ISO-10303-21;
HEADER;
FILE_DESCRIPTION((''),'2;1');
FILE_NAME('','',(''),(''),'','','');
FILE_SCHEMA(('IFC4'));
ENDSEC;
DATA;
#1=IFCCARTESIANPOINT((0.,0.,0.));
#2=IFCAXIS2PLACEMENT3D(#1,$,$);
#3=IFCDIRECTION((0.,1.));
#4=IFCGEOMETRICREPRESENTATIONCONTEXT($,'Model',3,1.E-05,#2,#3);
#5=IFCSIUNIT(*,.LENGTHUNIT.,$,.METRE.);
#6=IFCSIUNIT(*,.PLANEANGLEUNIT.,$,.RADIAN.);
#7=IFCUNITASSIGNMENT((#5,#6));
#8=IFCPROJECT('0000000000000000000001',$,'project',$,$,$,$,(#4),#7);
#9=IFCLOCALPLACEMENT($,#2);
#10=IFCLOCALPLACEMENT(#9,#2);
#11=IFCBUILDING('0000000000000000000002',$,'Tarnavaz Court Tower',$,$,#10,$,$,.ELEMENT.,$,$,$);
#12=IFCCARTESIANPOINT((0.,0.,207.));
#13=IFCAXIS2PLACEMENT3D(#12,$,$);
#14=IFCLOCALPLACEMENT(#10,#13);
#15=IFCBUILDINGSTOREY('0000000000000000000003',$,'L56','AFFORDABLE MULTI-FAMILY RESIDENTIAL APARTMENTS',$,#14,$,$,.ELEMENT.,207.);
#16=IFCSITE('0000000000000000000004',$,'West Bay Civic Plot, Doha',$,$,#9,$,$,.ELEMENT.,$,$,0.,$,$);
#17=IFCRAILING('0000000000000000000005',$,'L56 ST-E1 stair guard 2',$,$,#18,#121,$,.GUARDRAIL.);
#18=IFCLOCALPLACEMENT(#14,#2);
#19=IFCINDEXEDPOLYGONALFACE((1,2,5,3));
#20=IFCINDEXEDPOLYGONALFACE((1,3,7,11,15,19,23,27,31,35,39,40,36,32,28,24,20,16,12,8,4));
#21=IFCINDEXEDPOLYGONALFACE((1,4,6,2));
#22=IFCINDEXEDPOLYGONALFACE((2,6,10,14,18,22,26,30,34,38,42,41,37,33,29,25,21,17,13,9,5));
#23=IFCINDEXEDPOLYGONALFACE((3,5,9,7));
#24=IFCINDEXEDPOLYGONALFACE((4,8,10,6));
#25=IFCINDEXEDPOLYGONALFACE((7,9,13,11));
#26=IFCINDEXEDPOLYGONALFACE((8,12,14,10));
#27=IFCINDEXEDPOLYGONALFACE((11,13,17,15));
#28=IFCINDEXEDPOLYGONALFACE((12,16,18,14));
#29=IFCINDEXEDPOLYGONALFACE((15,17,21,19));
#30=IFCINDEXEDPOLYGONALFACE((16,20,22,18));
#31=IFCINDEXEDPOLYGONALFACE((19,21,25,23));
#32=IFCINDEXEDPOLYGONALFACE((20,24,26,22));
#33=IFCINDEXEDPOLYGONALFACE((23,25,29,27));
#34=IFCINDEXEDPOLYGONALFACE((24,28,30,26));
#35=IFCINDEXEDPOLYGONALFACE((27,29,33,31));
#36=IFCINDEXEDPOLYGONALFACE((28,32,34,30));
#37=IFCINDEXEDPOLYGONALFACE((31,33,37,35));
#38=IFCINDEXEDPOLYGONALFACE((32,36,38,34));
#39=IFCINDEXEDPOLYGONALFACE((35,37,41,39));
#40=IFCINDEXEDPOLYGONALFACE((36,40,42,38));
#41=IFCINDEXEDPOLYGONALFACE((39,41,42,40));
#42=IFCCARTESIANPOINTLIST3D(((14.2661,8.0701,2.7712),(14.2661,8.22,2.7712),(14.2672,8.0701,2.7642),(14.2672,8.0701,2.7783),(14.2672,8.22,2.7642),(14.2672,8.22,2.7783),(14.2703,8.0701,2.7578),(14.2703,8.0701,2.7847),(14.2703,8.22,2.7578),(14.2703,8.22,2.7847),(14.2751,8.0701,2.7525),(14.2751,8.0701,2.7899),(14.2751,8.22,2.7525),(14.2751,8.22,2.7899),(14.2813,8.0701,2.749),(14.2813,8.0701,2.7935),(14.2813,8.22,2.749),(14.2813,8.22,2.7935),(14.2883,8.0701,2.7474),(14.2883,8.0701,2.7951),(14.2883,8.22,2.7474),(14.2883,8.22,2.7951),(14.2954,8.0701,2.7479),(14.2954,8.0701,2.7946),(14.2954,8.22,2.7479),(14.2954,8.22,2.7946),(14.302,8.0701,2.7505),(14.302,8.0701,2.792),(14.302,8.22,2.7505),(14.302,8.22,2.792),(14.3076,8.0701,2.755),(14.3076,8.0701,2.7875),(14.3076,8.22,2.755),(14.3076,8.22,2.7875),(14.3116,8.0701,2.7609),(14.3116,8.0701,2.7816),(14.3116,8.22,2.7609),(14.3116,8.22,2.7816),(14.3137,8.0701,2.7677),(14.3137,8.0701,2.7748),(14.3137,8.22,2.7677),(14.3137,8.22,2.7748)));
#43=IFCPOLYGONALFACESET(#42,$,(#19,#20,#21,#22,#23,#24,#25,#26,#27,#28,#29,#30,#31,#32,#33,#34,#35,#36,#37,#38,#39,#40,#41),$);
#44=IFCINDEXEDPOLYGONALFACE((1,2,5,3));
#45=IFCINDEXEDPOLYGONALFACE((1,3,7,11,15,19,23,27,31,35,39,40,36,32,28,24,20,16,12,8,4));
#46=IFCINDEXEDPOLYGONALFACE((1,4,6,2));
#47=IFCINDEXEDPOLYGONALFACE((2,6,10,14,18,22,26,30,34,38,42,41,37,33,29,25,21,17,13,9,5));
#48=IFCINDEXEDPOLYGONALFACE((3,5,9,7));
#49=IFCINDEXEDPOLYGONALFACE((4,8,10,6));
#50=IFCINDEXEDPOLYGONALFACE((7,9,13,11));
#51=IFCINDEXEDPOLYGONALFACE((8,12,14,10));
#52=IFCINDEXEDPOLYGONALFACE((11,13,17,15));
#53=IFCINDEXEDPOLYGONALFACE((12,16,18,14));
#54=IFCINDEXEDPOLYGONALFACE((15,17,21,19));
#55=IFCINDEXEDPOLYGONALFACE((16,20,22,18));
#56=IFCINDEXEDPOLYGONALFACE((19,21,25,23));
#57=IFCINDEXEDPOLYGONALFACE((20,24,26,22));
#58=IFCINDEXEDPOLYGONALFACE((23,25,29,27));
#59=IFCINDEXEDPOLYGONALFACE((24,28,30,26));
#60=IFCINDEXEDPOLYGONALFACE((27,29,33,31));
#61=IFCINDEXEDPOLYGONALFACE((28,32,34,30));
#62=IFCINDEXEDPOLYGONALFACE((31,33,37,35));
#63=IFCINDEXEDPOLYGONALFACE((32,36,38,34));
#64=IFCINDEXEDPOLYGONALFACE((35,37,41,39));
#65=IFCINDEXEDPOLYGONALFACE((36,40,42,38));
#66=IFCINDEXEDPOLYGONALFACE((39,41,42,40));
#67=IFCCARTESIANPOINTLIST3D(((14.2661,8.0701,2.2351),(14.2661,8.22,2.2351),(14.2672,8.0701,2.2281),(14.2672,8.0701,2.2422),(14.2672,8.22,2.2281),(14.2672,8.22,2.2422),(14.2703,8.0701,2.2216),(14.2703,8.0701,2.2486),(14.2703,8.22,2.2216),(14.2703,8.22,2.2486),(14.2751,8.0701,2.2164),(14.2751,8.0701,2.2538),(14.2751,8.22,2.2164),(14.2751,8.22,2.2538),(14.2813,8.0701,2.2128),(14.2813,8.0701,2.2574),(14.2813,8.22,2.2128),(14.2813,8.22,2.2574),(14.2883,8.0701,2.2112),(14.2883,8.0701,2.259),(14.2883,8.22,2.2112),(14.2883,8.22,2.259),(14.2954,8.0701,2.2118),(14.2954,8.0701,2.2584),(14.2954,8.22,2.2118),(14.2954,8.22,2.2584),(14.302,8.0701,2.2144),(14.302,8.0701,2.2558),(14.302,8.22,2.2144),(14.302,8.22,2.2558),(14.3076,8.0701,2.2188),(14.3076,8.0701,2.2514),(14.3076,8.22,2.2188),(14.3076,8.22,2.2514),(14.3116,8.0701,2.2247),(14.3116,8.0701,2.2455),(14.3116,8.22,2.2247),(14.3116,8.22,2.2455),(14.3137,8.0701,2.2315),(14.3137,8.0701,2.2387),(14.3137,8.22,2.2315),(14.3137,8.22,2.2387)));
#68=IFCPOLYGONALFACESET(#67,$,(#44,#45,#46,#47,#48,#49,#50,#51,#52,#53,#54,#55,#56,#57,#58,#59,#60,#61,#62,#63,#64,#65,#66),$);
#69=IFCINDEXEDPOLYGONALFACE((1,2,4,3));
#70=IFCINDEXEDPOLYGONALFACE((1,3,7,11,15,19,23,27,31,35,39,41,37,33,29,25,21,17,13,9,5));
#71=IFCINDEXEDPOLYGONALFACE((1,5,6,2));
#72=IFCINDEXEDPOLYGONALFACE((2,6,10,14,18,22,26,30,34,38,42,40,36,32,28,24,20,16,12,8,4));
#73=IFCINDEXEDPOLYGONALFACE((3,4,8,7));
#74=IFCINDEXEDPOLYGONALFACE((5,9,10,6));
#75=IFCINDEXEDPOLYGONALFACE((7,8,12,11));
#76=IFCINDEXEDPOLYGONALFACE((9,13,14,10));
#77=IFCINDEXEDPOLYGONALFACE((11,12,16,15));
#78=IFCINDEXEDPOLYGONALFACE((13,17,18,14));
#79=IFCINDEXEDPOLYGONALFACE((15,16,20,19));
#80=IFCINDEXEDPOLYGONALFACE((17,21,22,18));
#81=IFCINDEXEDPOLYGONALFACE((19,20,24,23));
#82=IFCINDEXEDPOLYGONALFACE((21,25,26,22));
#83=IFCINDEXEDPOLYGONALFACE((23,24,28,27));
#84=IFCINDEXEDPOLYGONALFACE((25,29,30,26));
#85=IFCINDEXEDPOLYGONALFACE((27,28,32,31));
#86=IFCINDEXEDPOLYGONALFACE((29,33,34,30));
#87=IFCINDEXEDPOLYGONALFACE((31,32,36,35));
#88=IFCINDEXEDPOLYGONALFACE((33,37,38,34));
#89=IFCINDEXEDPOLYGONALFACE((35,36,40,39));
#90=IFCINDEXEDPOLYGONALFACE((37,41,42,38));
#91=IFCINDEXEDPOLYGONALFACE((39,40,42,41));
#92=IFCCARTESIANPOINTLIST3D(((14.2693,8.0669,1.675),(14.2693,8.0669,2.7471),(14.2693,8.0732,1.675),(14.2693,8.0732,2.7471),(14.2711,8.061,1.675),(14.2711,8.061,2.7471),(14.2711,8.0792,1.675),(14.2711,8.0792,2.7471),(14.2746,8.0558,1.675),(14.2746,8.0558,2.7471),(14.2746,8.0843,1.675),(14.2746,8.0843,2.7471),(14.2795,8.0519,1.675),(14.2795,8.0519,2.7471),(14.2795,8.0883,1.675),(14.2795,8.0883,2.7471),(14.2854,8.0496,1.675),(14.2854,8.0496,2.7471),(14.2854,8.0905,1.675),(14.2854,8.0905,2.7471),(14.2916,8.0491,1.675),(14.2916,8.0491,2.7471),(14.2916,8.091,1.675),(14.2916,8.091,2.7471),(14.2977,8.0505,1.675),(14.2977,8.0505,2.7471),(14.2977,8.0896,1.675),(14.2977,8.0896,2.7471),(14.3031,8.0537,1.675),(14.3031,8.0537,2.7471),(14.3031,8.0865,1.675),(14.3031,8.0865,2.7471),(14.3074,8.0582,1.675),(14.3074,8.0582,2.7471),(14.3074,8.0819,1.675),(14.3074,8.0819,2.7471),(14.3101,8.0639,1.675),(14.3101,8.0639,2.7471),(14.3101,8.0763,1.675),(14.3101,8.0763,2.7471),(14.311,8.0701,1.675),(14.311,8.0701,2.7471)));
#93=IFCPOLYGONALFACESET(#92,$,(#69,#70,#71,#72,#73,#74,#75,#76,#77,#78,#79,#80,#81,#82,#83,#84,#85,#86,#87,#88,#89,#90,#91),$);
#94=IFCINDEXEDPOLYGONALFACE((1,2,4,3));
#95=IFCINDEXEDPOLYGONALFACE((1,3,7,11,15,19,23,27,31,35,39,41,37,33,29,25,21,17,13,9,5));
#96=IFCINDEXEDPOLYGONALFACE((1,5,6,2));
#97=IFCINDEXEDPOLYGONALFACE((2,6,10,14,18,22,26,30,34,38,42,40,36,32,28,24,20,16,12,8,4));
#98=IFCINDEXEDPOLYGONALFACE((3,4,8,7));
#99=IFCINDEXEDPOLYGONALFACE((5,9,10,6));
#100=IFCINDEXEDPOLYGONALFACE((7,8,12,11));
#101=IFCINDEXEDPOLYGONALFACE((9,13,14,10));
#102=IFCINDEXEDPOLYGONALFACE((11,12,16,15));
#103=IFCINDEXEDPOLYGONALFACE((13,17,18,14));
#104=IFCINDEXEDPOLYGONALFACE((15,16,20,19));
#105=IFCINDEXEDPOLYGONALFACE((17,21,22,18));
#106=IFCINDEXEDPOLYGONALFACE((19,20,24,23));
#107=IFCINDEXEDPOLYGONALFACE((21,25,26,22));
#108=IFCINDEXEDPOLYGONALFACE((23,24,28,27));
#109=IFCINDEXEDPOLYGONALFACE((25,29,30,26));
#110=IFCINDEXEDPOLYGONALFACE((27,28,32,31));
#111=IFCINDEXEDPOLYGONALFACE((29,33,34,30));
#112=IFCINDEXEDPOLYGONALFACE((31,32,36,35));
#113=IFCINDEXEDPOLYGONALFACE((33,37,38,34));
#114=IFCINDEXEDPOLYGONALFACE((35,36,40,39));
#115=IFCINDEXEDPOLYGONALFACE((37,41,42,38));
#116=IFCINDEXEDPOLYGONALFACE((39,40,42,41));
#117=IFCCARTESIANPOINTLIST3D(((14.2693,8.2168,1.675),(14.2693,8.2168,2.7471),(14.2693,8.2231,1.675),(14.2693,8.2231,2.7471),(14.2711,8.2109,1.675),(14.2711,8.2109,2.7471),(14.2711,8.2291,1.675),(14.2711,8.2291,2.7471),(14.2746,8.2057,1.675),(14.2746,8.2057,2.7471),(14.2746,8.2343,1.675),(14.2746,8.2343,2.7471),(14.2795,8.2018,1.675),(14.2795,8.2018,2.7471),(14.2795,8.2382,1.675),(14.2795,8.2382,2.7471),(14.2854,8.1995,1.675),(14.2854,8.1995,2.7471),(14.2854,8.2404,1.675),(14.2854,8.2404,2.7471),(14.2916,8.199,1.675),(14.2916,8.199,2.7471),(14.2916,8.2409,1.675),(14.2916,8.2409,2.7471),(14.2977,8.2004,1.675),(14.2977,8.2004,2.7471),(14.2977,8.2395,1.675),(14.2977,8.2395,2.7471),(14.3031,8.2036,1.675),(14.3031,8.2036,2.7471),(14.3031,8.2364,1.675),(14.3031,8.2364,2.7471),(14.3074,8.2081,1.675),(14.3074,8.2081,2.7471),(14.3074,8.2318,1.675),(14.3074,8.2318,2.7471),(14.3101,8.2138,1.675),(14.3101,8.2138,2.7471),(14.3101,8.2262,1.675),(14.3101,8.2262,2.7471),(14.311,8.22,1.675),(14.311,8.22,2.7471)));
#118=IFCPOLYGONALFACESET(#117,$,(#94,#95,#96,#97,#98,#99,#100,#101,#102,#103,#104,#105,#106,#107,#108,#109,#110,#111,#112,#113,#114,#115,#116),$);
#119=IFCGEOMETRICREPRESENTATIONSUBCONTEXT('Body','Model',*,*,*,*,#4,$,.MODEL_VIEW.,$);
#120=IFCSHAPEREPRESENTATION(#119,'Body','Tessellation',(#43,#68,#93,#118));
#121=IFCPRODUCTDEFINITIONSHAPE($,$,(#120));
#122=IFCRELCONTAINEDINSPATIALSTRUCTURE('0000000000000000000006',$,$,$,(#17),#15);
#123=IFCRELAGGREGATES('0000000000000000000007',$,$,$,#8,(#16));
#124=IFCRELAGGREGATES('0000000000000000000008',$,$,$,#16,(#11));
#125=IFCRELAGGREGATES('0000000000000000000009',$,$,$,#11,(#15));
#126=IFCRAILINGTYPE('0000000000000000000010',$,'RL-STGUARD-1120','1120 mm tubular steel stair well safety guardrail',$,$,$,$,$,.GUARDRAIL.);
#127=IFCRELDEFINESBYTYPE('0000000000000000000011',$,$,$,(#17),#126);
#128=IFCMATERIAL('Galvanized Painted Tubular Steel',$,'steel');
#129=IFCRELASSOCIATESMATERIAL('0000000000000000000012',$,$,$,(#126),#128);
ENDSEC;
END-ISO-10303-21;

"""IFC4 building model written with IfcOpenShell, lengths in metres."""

from ifc_helpers import new_model, si_unit, direction, frame, origin, origin_2d, place, context, subcontext, project, spatial, circle, extrude, material, type_object, element, save


model = new_model("IFC4")

# Units and contexts
model_context = context("Model", 3, precision=1e-05, world=origin(), true_north=direction((0.0, 1.0)))
body_context = subcontext(model_context, "Body", "Model", "MODEL_VIEW")
ifc_project = project(units=[si_unit("LENGTHUNIT", "METRE"), si_unit("PLANEANGLEUNIT", "RADIAN")], contexts=[model_context])

# Site, building, storey
site_placement = place(None, origin())
site = spatial("IfcSite", under=ifc_project, at=site_placement, Name="West Bay Civic Plot, Doha", CompositionType="ELEMENT", RefElevation=0.0)
building_placement = place(site_placement, origin())
building = spatial("IfcBuilding", under=site, at=building_placement, Name="Tarnavaz Court Tower", CompositionType="ELEMENT")
storey_placement = place(building_placement, frame((0.0, 0.0, 207.0)))
storey = spatial("IfcBuildingStorey", under=building, at=storey_placement, Name="L56", Description="AFFORDABLE MULTI-FAMILY RESIDENTIAL APARTMENTS", CompositionType="ELEMENT", Elevation=207.0)

# Railing
ifc_material_1 = material(Name="Galvanized Painted Tubular Steel", Category="steel")
railing_type_1 = type_object("IfcRailingType", Name="RL-STGUARD-1120", Description="1120 mm tubular steel stair well safety guardrail", PredefinedType="GUARDRAIL", material=ifc_material_1)
railing_1_placement = place(storey_placement, frame((14.29, 8.0701, 1.675)))
element("IfcRailing", 1, at=railing_1_placement, inside=storey, type_object=railing_type_1, Name="L56 ST-E1 stair guard 2", PredefinedType="GUARDRAIL", context=body_context, shape_type="SweptSolid", body=[
    extrude(circle(Radius=0.0239, at=origin_2d()), frame((0.0, 0.0, 1.0962), z_axis=(0.0, 1.0, 0.0), x_axis=(-1.0, 0.0, 0.0)), (0.0, 0.0, 1.0), 0.1499),
    extrude(circle(Radius=0.0239, at=origin_2d()), frame((0.0, 0.0, 0.5601), z_axis=(0.0, 1.0, 0.0), x_axis=(-1.0, 0.0, 0.0)), (0.0, 0.0, 1.0), 0.1499),
    extrude(circle(Radius=0.021, at=origin_2d()), origin(), (0.0, 0.0, 1.0), 1.072),
    extrude(circle(Radius=0.021, at=origin_2d()), frame((0.0, 0.1499, 0.0)), (0.0, 0.0, 1.0), 1.072),
])

save(model, "model.ifc")
